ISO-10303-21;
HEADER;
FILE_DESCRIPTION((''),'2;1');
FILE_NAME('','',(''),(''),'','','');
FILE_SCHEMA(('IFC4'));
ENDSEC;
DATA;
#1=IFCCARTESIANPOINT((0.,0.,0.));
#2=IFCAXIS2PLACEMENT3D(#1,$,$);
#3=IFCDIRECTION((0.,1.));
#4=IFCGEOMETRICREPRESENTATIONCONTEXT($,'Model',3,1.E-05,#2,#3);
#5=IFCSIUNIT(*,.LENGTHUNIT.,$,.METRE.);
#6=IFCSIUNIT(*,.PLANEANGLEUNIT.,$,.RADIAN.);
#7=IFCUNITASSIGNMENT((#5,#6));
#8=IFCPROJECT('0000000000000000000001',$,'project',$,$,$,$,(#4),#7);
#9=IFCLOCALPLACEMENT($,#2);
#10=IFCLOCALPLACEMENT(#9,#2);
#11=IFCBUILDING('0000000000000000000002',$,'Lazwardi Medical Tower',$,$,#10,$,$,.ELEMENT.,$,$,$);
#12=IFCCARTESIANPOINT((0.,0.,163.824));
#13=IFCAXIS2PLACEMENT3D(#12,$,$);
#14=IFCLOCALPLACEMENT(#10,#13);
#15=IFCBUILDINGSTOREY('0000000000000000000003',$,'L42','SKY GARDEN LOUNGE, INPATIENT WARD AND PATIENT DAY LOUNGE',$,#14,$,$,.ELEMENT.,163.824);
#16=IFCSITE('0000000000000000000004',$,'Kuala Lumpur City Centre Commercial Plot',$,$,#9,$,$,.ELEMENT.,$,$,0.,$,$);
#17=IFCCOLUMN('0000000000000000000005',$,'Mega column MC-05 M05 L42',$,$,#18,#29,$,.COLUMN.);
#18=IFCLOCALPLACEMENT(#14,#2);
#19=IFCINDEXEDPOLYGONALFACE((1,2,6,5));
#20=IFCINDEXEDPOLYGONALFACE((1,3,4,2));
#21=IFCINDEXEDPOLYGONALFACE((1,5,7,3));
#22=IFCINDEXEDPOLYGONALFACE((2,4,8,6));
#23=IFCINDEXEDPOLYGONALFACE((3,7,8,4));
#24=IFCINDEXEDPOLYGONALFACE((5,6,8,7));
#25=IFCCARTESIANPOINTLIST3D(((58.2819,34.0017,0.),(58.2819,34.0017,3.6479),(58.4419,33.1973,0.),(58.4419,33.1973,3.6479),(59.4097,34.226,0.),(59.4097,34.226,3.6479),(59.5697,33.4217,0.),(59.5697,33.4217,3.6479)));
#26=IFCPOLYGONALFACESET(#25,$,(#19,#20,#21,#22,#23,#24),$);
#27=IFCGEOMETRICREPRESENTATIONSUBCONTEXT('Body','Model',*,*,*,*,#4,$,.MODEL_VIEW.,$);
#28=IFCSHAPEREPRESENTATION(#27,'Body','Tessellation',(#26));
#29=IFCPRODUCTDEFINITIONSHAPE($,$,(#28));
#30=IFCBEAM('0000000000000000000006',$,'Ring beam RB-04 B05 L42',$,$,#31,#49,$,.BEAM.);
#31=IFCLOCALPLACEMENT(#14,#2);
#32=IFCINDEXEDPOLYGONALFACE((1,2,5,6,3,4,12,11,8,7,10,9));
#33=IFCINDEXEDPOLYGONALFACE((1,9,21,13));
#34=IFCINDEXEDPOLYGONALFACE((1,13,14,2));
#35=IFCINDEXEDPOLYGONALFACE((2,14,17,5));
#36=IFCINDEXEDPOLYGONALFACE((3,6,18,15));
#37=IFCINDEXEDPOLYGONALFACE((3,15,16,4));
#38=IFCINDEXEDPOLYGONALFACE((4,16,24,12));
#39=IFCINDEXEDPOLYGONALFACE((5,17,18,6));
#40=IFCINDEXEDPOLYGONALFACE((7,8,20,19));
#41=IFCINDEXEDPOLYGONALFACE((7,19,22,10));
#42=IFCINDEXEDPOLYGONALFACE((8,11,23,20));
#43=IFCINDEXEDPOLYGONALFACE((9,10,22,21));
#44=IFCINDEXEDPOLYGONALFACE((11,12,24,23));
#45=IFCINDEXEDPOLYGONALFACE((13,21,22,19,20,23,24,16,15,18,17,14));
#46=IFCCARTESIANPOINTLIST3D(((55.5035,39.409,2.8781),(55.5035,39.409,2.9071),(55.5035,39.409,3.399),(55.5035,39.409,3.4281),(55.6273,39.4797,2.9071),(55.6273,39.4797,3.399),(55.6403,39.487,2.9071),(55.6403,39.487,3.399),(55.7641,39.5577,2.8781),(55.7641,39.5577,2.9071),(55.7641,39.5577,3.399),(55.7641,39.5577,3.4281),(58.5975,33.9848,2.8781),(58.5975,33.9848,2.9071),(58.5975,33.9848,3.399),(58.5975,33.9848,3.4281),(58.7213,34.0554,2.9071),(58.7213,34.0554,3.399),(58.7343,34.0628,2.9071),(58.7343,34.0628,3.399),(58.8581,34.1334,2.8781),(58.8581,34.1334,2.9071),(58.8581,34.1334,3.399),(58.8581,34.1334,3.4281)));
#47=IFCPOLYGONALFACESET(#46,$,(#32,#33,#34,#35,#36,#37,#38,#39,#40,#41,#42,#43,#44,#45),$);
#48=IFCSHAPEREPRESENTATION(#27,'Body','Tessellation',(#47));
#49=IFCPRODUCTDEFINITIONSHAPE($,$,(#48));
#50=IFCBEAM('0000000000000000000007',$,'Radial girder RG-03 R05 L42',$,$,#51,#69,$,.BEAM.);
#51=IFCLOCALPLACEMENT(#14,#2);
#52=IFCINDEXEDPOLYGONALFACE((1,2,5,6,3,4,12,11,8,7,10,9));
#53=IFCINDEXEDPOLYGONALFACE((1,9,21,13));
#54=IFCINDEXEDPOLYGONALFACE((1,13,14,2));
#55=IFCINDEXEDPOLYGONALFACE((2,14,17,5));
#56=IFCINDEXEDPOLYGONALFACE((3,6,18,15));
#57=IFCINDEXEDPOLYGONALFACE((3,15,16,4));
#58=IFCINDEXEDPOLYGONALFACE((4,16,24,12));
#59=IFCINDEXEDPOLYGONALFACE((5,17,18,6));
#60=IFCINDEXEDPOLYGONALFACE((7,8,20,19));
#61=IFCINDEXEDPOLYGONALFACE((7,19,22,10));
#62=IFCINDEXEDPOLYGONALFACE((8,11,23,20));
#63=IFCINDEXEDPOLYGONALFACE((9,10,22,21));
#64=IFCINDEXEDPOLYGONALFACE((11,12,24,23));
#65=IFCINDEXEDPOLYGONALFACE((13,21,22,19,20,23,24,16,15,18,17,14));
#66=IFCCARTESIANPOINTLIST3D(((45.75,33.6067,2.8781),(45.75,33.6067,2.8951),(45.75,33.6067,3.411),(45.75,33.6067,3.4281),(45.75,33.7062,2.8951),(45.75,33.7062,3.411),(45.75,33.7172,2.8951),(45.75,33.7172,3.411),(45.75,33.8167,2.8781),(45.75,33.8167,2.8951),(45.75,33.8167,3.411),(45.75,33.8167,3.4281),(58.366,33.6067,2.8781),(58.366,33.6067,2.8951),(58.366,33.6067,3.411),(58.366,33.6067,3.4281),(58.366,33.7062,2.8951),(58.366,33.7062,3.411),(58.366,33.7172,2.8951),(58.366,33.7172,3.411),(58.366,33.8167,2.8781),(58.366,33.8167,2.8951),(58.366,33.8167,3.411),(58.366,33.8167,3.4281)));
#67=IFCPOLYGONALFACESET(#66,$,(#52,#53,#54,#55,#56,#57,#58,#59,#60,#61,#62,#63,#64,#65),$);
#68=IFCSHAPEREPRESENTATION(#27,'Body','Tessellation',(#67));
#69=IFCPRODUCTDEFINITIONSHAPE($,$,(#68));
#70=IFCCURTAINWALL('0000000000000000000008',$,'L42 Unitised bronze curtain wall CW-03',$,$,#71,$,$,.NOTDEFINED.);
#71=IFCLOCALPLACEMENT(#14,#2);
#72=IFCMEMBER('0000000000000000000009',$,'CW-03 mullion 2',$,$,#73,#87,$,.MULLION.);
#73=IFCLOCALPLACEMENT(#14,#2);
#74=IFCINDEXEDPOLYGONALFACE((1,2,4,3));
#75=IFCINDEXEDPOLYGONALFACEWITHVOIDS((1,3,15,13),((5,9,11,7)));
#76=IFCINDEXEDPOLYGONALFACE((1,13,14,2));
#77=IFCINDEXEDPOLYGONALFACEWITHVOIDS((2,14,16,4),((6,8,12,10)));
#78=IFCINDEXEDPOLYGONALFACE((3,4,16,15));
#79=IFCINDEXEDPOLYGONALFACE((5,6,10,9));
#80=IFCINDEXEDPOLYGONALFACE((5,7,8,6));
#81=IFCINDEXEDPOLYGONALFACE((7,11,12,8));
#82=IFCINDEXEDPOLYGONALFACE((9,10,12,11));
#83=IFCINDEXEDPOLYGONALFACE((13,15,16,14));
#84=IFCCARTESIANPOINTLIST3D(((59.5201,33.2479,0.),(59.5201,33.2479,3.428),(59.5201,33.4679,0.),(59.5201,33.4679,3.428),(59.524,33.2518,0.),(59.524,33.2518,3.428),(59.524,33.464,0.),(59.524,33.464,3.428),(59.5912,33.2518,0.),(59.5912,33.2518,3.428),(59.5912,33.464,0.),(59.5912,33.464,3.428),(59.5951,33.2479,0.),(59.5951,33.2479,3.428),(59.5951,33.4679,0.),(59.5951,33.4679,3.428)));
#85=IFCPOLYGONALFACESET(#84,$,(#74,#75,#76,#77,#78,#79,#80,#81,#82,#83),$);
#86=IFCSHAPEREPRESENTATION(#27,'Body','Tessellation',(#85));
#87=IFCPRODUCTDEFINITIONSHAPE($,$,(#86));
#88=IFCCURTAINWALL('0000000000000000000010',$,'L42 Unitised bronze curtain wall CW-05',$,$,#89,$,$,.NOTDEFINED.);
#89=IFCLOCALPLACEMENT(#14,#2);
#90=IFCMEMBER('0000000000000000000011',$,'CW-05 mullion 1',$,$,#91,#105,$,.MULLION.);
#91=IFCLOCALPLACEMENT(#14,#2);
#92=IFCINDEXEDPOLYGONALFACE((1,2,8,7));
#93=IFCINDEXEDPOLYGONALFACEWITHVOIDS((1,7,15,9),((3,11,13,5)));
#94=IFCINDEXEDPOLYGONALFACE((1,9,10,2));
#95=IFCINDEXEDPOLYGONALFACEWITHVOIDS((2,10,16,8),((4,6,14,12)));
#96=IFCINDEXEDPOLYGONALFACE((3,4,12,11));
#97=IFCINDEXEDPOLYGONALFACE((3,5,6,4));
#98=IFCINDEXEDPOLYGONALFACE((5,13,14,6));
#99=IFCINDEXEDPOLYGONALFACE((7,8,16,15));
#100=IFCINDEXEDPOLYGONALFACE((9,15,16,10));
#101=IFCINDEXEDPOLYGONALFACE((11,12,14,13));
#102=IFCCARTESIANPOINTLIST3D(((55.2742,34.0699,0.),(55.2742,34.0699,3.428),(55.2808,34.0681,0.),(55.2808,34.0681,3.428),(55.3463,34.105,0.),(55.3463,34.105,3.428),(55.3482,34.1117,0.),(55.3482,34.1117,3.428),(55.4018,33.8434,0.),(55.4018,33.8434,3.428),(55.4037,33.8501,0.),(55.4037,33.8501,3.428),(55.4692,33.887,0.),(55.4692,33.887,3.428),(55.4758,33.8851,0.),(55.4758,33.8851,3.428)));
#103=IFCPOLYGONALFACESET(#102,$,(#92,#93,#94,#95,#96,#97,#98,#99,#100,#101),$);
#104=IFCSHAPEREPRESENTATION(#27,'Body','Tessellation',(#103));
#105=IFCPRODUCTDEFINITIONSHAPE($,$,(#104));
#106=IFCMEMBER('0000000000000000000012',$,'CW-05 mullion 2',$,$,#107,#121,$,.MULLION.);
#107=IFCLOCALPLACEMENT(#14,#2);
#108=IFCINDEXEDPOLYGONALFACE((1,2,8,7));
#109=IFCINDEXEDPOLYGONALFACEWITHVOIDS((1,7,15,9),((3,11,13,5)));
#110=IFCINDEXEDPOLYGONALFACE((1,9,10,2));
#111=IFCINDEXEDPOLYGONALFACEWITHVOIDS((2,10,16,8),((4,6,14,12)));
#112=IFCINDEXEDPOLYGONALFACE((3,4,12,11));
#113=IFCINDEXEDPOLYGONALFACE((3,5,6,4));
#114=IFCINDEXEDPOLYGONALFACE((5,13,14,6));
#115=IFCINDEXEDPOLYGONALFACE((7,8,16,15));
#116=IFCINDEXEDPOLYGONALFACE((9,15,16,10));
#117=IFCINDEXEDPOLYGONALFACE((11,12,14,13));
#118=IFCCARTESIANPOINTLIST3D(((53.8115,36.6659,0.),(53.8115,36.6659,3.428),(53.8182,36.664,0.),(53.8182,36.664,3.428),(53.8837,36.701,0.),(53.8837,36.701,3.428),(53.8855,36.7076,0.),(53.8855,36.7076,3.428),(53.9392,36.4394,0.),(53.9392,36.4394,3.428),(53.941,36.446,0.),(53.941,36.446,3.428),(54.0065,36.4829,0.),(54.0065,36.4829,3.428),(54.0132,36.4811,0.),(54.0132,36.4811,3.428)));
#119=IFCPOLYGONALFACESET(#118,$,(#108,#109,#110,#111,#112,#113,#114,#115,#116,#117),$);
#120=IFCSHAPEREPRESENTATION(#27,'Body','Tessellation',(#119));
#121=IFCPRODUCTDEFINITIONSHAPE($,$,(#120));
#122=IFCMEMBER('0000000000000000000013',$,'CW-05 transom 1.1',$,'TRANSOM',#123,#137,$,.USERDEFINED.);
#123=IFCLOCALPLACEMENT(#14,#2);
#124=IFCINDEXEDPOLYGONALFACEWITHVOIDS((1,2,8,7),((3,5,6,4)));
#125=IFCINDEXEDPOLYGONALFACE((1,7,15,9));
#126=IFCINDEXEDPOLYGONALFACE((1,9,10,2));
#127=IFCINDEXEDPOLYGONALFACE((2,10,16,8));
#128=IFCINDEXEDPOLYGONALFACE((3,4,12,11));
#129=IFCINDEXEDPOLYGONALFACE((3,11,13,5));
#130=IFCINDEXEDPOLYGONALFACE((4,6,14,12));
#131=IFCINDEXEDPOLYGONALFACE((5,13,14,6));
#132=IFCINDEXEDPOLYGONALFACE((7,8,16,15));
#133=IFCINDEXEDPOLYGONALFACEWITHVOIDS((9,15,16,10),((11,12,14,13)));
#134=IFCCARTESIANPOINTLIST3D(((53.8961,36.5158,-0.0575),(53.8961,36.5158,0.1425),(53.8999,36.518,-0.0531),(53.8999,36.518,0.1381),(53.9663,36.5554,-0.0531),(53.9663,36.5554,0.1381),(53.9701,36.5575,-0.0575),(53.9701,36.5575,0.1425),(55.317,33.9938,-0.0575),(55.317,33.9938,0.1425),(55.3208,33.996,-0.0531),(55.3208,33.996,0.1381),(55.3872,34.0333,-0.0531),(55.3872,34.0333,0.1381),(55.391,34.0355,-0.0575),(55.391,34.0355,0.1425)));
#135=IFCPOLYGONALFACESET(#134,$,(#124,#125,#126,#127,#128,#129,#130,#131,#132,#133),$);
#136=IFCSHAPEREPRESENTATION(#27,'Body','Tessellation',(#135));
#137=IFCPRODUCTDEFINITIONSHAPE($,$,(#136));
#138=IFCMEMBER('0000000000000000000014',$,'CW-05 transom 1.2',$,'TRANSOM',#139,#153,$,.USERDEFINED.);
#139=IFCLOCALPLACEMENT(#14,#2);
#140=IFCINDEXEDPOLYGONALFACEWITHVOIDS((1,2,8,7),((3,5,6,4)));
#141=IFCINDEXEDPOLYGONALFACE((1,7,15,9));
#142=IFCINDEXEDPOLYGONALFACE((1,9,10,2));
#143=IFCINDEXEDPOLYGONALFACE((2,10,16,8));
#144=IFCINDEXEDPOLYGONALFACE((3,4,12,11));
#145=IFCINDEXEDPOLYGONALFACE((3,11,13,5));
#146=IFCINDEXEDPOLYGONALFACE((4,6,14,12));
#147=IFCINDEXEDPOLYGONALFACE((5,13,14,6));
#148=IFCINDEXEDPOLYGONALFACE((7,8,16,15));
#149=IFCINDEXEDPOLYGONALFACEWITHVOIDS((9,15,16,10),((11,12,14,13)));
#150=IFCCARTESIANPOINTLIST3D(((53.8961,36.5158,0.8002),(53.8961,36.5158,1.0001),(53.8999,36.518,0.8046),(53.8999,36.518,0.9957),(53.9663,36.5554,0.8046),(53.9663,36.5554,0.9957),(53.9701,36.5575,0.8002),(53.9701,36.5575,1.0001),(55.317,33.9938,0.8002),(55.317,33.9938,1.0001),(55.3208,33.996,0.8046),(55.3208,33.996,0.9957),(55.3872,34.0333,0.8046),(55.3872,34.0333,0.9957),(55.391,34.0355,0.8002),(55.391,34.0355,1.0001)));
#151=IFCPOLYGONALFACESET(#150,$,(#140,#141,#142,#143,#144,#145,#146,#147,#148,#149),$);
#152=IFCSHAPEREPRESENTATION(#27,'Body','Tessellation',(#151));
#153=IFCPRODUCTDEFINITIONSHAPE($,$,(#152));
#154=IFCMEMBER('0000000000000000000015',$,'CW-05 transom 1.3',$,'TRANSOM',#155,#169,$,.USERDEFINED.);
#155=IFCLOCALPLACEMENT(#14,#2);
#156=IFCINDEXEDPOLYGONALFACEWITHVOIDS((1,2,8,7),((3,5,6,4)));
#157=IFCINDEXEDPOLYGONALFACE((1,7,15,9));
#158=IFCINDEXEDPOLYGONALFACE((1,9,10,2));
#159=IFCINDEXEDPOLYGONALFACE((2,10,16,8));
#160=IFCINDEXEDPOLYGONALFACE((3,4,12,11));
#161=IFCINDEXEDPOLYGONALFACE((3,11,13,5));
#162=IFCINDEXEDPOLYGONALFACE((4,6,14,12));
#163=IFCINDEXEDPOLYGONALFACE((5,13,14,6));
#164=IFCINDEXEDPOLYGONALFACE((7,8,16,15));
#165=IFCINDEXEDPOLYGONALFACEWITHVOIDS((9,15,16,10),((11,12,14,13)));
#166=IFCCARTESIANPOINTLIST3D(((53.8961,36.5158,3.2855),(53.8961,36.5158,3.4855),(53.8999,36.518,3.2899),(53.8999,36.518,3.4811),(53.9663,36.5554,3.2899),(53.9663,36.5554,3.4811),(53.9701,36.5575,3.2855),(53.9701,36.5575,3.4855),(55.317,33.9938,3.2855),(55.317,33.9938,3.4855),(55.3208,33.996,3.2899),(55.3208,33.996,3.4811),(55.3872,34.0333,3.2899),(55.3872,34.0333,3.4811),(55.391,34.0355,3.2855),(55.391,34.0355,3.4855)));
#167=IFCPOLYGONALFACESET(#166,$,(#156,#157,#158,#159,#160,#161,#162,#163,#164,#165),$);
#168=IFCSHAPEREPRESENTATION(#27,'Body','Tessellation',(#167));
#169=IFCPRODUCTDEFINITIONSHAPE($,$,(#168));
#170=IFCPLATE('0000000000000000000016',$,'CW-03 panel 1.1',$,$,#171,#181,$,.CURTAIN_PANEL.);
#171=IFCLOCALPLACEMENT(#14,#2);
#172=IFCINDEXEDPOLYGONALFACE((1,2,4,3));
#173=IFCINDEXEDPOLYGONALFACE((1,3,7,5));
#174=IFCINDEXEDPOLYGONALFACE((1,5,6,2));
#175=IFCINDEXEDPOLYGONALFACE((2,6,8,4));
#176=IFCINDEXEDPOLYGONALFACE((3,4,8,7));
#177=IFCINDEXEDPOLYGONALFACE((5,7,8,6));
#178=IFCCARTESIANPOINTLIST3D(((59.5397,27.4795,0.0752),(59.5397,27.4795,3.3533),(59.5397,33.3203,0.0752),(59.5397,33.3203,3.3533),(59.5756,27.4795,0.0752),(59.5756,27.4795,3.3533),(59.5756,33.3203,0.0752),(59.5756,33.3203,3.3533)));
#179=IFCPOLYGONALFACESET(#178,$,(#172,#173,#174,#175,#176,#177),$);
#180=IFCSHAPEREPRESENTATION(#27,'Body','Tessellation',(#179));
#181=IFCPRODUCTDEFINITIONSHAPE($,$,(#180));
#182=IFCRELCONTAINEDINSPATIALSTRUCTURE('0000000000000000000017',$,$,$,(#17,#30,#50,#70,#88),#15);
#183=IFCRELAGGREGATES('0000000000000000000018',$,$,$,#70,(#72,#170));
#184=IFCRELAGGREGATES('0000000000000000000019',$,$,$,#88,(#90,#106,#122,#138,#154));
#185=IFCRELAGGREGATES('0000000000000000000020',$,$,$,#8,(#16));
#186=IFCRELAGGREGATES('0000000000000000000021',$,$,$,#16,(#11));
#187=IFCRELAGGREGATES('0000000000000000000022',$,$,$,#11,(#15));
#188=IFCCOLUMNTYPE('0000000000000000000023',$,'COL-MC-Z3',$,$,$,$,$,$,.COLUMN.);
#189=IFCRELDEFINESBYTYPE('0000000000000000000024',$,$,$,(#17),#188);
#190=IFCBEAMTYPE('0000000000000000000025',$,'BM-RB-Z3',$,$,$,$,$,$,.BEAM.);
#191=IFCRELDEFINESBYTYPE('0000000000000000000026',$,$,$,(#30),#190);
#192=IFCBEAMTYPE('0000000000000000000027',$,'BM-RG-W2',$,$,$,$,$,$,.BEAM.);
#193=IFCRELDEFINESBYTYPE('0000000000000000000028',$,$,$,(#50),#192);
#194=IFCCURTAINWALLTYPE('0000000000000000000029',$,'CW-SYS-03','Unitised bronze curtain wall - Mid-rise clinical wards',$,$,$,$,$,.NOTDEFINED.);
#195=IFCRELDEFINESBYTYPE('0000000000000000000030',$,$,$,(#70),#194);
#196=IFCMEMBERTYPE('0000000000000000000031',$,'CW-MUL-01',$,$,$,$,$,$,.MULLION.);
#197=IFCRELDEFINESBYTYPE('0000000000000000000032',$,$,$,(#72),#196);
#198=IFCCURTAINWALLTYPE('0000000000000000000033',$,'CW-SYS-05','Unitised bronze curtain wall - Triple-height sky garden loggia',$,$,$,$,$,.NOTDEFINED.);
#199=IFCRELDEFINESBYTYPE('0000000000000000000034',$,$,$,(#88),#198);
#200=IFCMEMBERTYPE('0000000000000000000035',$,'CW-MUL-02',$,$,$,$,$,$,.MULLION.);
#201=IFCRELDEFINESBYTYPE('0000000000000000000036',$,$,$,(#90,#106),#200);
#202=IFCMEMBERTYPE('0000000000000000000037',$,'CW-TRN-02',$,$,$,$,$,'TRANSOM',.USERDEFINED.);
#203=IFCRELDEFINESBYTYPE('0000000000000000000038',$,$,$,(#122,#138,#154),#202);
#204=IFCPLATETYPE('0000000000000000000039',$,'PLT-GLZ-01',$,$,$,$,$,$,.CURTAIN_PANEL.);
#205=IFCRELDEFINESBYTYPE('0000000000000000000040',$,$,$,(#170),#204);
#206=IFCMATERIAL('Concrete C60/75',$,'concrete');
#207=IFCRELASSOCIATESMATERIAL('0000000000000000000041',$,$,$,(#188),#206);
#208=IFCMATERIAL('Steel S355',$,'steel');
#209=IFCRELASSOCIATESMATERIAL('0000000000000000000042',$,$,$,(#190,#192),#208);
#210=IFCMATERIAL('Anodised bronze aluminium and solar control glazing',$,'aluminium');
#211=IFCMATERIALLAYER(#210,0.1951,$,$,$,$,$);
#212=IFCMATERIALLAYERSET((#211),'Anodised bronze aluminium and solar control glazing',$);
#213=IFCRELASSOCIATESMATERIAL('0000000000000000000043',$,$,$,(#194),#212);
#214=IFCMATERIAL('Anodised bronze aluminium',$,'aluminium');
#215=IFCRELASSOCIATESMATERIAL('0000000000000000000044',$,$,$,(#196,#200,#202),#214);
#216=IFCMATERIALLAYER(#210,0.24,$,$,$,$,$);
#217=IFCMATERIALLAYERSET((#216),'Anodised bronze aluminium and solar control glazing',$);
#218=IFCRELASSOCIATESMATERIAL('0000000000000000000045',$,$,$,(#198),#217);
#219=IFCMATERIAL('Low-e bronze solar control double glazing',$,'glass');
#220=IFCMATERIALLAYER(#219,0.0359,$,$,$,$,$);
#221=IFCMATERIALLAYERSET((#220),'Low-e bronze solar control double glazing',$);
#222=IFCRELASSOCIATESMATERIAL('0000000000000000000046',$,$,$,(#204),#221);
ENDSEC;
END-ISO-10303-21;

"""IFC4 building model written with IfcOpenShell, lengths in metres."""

from ifc_helpers import new_model, si_unit, direction, frame, origin, origin_2d, place, context, subcontext, project, spatial, rectangle, hollow_rectangle, i_section, extrude, material, layer, layer_set, material_profile, profile_set, type_object, element, aggregate, save


model = new_model("IFC4")

# Units and contexts
model_context = context("Model", 3, precision=1e-05, world=origin(), true_north=direction((0.0, 1.0)))
body_context = subcontext(model_context, "Body", "Model", "MODEL_VIEW")
ifc_project = project(units=[si_unit("LENGTHUNIT", "METRE"), si_unit("PLANEANGLEUNIT", "RADIAN")], contexts=[model_context])

# Site, building, storey
site_placement = place(None, origin())
site = spatial("IfcSite", under=ifc_project, at=site_placement, Name="Kuala Lumpur City Centre Commercial Plot", CompositionType="ELEMENT", RefElevation=0.0)
building_placement = place(site_placement, origin())
building = spatial("IfcBuilding", under=site, at=building_placement, Name="Lazwardi Medical Tower", CompositionType="ELEMENT")
storey_placement = place(building_placement, frame((0.0, 0.0, 163.824)))
storey = spatial("IfcBuildingStorey", under=building, at=storey_placement, Name="L42", Description="SKY GARDEN LOUNGE, INPATIENT WARD AND PATIENT DAY LOUNGE", CompositionType="ELEMENT", Elevation=163.824)

# Column
ifc_material_1 = material(Name="Concrete C60/75", Category="concrete")
ifc_material_profile_1 = material_profile(ifc_material_1, rectangle(XDim=1.1499, YDim=0.8201, at=origin_2d()), Name="CFT-RECT 1150x820")
ifc_profile_set_1 = profile_set([ifc_material_profile_1], Name="Concrete C60/75")
column_type = type_object("IfcColumnType", Name="COL-MC-Z3", PredefinedType="COLUMN", material=ifc_profile_set_1)
column_placement = place(storey_placement, frame((58.9258, 33.7117, 0.0), z_axis=(0.0, 0.0, 1.0), x_axis=(0.980785, 0.19509, 0.0)))
element("IfcColumn", 1, at=column_placement, inside=storey, type_object=column_type, Name="Mega column MC-05 M05 L42", PredefinedType="COLUMN", context=body_context, shape_type="SweptSolid", body=[
    extrude(rectangle(XDim=1.1499, YDim=0.8201, at=origin_2d()), origin(), (0.0, 0.0, 1.0), 3.6479),
])

# Beams
ifc_material_2 = material(Name="Steel S355", Category="steel")
ifc_material_profile_2 = material_profile(ifc_material_2, i_section(OverallWidth=0.3, OverallDepth=0.55, WebThickness=0.0149, FlangeThickness=0.0291, at=origin_2d()), Name="HEB 550")
ifc_profile_set_2 = profile_set([ifc_material_profile_2], Name="Steel S355")
beam_type_1 = type_object("IfcBeamType", Name="BM-RB-Z3", PredefinedType="BEAM", material=ifc_profile_set_2)
beam_1_placement = place(storey_placement, frame((58.7278, 34.0591, 3.1531), z_axis=(-0.495461, 0.86863, 0.0), x_axis=(-0.86863, -0.495461, 0.0)))
element("IfcBeam", 2, at=beam_1_placement, inside=storey, type_object=beam_type_1, Name="Ring beam RB-04 B05 L42", PredefinedType="BEAM", context=body_context, shape_type="SweptSolid", body=[
    extrude(i_section(OverallWidth=0.3, OverallDepth=0.55, WebThickness=0.0149, FlangeThickness=0.0291, at=origin_2d()), origin(), (0.0, 0.0, 1.0), 6.2446),
])
ifc_material_profile_3 = material_profile(ifc_material_2, i_section(OverallWidth=0.21, OverallDepth=0.55, WebThickness=0.011, FlangeThickness=0.0171, at=origin_2d()), Name="IPE 550")
ifc_profile_set_3 = profile_set([ifc_material_profile_3], Name="Steel S355")
beam_type_2 = type_object("IfcBeamType", Name="BM-RG-W2", PredefinedType="BEAM", material=ifc_profile_set_3)
beam_2_placement = place(storey_placement, frame((58.366, 33.7117, 3.1531), z_axis=(-1.0, 0.0, 0.0), x_axis=(0.0, -1.0, 0.0)))
element("IfcBeam", 3, at=beam_2_placement, inside=storey, type_object=beam_type_2, Name="Radial girder RG-03 R05 L42", PredefinedType="BEAM", context=body_context, shape_type="SweptSolid", body=[
    extrude(i_section(OverallWidth=0.21, OverallDepth=0.55, WebThickness=0.011, FlangeThickness=0.0171, at=origin_2d()), origin(), (0.0, 0.0, 1.0), 12.616),
])

# Curtain wall, member
ifc_material_3 = material(Name="Anodised bronze aluminium and solar control glazing", Category="aluminium")
ifc_layer_1 = layer(ifc_material_3, 0.1951)
ifc_layer_set_1 = layer_set([ifc_layer_1], Name="Anodised bronze aluminium and solar control glazing")
curtain_wall_type_1 = type_object("IfcCurtainWallType", Name="CW-SYS-03", Description="Unitised bronze curtain wall - Mid-rise clinical wards", PredefinedType="NOTDEFINED", material=ifc_layer_set_1)
curtain_wall_1_placement = place(storey_placement, origin())
curtain_wall_1 = element("IfcCurtainWall", 4, at=curtain_wall_1_placement, inside=storey, type_object=curtain_wall_type_1, Name="L42 Unitised bronze curtain wall CW-03", PredefinedType="NOTDEFINED")
ifc_material_4 = material(Name="Anodised bronze aluminium", Category="aluminium")
ifc_material_profile_4 = material_profile(ifc_material_4, hollow_rectangle(XDim=0.075, YDim=0.22, WallThickness=0.0039, at=origin_2d()), Name="ALU-MULLION 220x75x4")
ifc_profile_set_4 = profile_set([ifc_material_profile_4], Name="Anodised bronze aluminium")
member_type_1 = type_object("IfcMemberType", Name="CW-MUL-01", PredefinedType="MULLION", material=ifc_profile_set_4)
member_1_placement = place(storey_placement, frame((59.5576, 33.3579, 0.0), z_axis=(0.0, 0.0, 1.0), x_axis=(-1.0, 0.0, 0.0)))
member_1 = element("IfcMember", 5, at=member_1_placement, type_object=member_type_1, Name="CW-03 mullion 2", PredefinedType="MULLION", context=body_context, shape_type="SweptSolid", body=[
    extrude(hollow_rectangle(XDim=0.075, YDim=0.22, WallThickness=0.0039, at=origin_2d()), origin(), (0.0, 0.0, 1.0), 3.428),
])

# Curtain wall, members
ifc_layer_2 = layer(ifc_material_3, 0.24)
ifc_layer_set_2 = layer_set([ifc_layer_2], Name="Anodised bronze aluminium and solar control glazing")
curtain_wall_type_2 = type_object("IfcCurtainWallType", Name="CW-SYS-05", Description="Unitised bronze curtain wall - Triple-height sky garden loggia", PredefinedType="NOTDEFINED", material=ifc_layer_set_2)
curtain_wall_2_placement = place(storey_placement, origin())
curtain_wall_2 = element("IfcCurtainWall", 6, at=curtain_wall_2_placement, inside=storey, type_object=curtain_wall_type_2, Name="L42 Unitised bronze curtain wall CW-05", PredefinedType="NOTDEFINED")
ifc_material_profile_5 = material_profile(ifc_material_4, hollow_rectangle(XDim=0.085, YDim=0.26, WallThickness=0.0049, at=origin_2d()), Name="ALU-MULLION 260x85x5")
ifc_profile_set_5 = profile_set([ifc_material_profile_5], Name="Anodised bronze aluminium")
member_type_2 = type_object("IfcMemberType", Name="CW-MUL-02", PredefinedType="MULLION", material=ifc_profile_set_5)
member_2_placement = place(storey_placement, frame((55.375, 33.9775, 0.0), z_axis=(0.0, 0.0, 1.0), x_axis=(-0.871223, -0.490887, 0.0)))
member_2 = element("IfcMember", 7, at=member_2_placement, type_object=member_type_2, Name="CW-05 mullion 1", PredefinedType="MULLION", context=body_context, shape_type="SweptSolid", body=[
    extrude(hollow_rectangle(XDim=0.085, YDim=0.26, WallThickness=0.0049, at=origin_2d()), origin(), (0.0, 0.0, 1.0), 3.428),
])
member_3_placement = place(storey_placement, frame((53.9124, 36.5735, 0.0), z_axis=(0.0, 0.0, 1.0), x_axis=(-0.871223, -0.490887, 0.0)))
member_3 = element("IfcMember", 8, at=member_3_placement, type_object=member_type_2, Name="CW-05 mullion 2", PredefinedType="MULLION", context=body_context, shape_type="SweptSolid", body=[
    extrude(hollow_rectangle(XDim=0.085, YDim=0.26, WallThickness=0.0049, at=origin_2d()), origin(), (0.0, 0.0, 1.0), 3.428),
])
ifc_material_profile_6 = material_profile(ifc_material_4, hollow_rectangle(XDim=0.085, YDim=0.2, WallThickness=0.0044, at=origin_2d()), Name="ALU-TRANSOM 200x85x4.5")
ifc_profile_set_6 = profile_set([ifc_material_profile_6], Name="Anodised bronze aluminium")
member_type_3 = type_object("IfcMemberType", Name="CW-TRN-02", ElementType="TRANSOM", PredefinedType="USERDEFINED", material=ifc_profile_set_6)
member_4_placement = place(storey_placement, frame((55.354, 34.0146, 0.0425), z_axis=(-0.490862, 0.871237, 0.0), x_axis=(-0.871237, -0.490862, 0.0)))
member_4 = element("IfcMember", 9, at=member_4_placement, type_object=member_type_3, Name="CW-05 transom 1.1", ObjectType="TRANSOM", PredefinedType="USERDEFINED", context=body_context, shape_type="SweptSolid", body=[
    extrude(hollow_rectangle(XDim=0.085, YDim=0.2, WallThickness=0.0044, at=origin_2d()), origin(), (0.0, 0.0, 1.0), 2.8948),
])
member_5_placement = place(storey_placement, frame((55.354, 34.0146, 0.9001), z_axis=(-0.490862, 0.871237, 0.0), x_axis=(-0.871237, -0.490862, 0.0)))
member_5 = element("IfcMember", 10, at=member_5_placement, type_object=member_type_3, Name="CW-05 transom 1.2", ObjectType="TRANSOM", PredefinedType="USERDEFINED", context=body_context, shape_type="SweptSolid", body=[
    extrude(hollow_rectangle(XDim=0.085, YDim=0.2, WallThickness=0.0044, at=origin_2d()), origin(), (0.0, 0.0, 1.0), 2.8948),
])
member_6_placement = place(storey_placement, frame((55.354, 34.0146, 3.3855), z_axis=(-0.490862, 0.871237, 0.0), x_axis=(-0.871237, -0.490862, 0.0)))
member_6 = element("IfcMember", 11, at=member_6_placement, type_object=member_type_3, Name="CW-05 transom 1.3", ObjectType="TRANSOM", PredefinedType="USERDEFINED", context=body_context, shape_type="SweptSolid", body=[
    extrude(hollow_rectangle(XDim=0.085, YDim=0.2, WallThickness=0.0044, at=origin_2d()), origin(), (0.0, 0.0, 1.0), 2.8948),
])

# Plate
ifc_material_5 = material(Name="Low-e bronze solar control double glazing", Category="glass")
ifc_layer_3 = layer(ifc_material_5, 0.0359)
ifc_layer_set_3 = layer_set([ifc_layer_3], Name="Low-e bronze solar control double glazing")
plate_type_1 = type_object("IfcPlateType", Name="PLT-GLZ-01", PredefinedType="CURTAIN_PANEL", material=ifc_layer_set_3)
plate_1_placement = place(storey_placement, frame((59.5576, 30.3999, 0.0752), z_axis=(0.0, 0.0, 1.0), x_axis=(0.0, 1.0, 0.0)))
plate_1 = element("IfcPlate", 12, at=plate_1_placement, type_object=plate_type_1, Name="CW-03 panel 1.1", PredefinedType="CURTAIN_PANEL", context=body_context, shape_type="SweptSolid", body=[
    extrude(rectangle(XDim=5.8408, YDim=0.0359, at=origin_2d()), origin(), (0.0, 0.0, 1.0), 3.2781),
])
aggregate(curtain_wall_1, [member_1, plate_1])
aggregate(curtain_wall_2, [member_2, member_3, member_4, member_5, member_6])

save(model, "model.ifc")
